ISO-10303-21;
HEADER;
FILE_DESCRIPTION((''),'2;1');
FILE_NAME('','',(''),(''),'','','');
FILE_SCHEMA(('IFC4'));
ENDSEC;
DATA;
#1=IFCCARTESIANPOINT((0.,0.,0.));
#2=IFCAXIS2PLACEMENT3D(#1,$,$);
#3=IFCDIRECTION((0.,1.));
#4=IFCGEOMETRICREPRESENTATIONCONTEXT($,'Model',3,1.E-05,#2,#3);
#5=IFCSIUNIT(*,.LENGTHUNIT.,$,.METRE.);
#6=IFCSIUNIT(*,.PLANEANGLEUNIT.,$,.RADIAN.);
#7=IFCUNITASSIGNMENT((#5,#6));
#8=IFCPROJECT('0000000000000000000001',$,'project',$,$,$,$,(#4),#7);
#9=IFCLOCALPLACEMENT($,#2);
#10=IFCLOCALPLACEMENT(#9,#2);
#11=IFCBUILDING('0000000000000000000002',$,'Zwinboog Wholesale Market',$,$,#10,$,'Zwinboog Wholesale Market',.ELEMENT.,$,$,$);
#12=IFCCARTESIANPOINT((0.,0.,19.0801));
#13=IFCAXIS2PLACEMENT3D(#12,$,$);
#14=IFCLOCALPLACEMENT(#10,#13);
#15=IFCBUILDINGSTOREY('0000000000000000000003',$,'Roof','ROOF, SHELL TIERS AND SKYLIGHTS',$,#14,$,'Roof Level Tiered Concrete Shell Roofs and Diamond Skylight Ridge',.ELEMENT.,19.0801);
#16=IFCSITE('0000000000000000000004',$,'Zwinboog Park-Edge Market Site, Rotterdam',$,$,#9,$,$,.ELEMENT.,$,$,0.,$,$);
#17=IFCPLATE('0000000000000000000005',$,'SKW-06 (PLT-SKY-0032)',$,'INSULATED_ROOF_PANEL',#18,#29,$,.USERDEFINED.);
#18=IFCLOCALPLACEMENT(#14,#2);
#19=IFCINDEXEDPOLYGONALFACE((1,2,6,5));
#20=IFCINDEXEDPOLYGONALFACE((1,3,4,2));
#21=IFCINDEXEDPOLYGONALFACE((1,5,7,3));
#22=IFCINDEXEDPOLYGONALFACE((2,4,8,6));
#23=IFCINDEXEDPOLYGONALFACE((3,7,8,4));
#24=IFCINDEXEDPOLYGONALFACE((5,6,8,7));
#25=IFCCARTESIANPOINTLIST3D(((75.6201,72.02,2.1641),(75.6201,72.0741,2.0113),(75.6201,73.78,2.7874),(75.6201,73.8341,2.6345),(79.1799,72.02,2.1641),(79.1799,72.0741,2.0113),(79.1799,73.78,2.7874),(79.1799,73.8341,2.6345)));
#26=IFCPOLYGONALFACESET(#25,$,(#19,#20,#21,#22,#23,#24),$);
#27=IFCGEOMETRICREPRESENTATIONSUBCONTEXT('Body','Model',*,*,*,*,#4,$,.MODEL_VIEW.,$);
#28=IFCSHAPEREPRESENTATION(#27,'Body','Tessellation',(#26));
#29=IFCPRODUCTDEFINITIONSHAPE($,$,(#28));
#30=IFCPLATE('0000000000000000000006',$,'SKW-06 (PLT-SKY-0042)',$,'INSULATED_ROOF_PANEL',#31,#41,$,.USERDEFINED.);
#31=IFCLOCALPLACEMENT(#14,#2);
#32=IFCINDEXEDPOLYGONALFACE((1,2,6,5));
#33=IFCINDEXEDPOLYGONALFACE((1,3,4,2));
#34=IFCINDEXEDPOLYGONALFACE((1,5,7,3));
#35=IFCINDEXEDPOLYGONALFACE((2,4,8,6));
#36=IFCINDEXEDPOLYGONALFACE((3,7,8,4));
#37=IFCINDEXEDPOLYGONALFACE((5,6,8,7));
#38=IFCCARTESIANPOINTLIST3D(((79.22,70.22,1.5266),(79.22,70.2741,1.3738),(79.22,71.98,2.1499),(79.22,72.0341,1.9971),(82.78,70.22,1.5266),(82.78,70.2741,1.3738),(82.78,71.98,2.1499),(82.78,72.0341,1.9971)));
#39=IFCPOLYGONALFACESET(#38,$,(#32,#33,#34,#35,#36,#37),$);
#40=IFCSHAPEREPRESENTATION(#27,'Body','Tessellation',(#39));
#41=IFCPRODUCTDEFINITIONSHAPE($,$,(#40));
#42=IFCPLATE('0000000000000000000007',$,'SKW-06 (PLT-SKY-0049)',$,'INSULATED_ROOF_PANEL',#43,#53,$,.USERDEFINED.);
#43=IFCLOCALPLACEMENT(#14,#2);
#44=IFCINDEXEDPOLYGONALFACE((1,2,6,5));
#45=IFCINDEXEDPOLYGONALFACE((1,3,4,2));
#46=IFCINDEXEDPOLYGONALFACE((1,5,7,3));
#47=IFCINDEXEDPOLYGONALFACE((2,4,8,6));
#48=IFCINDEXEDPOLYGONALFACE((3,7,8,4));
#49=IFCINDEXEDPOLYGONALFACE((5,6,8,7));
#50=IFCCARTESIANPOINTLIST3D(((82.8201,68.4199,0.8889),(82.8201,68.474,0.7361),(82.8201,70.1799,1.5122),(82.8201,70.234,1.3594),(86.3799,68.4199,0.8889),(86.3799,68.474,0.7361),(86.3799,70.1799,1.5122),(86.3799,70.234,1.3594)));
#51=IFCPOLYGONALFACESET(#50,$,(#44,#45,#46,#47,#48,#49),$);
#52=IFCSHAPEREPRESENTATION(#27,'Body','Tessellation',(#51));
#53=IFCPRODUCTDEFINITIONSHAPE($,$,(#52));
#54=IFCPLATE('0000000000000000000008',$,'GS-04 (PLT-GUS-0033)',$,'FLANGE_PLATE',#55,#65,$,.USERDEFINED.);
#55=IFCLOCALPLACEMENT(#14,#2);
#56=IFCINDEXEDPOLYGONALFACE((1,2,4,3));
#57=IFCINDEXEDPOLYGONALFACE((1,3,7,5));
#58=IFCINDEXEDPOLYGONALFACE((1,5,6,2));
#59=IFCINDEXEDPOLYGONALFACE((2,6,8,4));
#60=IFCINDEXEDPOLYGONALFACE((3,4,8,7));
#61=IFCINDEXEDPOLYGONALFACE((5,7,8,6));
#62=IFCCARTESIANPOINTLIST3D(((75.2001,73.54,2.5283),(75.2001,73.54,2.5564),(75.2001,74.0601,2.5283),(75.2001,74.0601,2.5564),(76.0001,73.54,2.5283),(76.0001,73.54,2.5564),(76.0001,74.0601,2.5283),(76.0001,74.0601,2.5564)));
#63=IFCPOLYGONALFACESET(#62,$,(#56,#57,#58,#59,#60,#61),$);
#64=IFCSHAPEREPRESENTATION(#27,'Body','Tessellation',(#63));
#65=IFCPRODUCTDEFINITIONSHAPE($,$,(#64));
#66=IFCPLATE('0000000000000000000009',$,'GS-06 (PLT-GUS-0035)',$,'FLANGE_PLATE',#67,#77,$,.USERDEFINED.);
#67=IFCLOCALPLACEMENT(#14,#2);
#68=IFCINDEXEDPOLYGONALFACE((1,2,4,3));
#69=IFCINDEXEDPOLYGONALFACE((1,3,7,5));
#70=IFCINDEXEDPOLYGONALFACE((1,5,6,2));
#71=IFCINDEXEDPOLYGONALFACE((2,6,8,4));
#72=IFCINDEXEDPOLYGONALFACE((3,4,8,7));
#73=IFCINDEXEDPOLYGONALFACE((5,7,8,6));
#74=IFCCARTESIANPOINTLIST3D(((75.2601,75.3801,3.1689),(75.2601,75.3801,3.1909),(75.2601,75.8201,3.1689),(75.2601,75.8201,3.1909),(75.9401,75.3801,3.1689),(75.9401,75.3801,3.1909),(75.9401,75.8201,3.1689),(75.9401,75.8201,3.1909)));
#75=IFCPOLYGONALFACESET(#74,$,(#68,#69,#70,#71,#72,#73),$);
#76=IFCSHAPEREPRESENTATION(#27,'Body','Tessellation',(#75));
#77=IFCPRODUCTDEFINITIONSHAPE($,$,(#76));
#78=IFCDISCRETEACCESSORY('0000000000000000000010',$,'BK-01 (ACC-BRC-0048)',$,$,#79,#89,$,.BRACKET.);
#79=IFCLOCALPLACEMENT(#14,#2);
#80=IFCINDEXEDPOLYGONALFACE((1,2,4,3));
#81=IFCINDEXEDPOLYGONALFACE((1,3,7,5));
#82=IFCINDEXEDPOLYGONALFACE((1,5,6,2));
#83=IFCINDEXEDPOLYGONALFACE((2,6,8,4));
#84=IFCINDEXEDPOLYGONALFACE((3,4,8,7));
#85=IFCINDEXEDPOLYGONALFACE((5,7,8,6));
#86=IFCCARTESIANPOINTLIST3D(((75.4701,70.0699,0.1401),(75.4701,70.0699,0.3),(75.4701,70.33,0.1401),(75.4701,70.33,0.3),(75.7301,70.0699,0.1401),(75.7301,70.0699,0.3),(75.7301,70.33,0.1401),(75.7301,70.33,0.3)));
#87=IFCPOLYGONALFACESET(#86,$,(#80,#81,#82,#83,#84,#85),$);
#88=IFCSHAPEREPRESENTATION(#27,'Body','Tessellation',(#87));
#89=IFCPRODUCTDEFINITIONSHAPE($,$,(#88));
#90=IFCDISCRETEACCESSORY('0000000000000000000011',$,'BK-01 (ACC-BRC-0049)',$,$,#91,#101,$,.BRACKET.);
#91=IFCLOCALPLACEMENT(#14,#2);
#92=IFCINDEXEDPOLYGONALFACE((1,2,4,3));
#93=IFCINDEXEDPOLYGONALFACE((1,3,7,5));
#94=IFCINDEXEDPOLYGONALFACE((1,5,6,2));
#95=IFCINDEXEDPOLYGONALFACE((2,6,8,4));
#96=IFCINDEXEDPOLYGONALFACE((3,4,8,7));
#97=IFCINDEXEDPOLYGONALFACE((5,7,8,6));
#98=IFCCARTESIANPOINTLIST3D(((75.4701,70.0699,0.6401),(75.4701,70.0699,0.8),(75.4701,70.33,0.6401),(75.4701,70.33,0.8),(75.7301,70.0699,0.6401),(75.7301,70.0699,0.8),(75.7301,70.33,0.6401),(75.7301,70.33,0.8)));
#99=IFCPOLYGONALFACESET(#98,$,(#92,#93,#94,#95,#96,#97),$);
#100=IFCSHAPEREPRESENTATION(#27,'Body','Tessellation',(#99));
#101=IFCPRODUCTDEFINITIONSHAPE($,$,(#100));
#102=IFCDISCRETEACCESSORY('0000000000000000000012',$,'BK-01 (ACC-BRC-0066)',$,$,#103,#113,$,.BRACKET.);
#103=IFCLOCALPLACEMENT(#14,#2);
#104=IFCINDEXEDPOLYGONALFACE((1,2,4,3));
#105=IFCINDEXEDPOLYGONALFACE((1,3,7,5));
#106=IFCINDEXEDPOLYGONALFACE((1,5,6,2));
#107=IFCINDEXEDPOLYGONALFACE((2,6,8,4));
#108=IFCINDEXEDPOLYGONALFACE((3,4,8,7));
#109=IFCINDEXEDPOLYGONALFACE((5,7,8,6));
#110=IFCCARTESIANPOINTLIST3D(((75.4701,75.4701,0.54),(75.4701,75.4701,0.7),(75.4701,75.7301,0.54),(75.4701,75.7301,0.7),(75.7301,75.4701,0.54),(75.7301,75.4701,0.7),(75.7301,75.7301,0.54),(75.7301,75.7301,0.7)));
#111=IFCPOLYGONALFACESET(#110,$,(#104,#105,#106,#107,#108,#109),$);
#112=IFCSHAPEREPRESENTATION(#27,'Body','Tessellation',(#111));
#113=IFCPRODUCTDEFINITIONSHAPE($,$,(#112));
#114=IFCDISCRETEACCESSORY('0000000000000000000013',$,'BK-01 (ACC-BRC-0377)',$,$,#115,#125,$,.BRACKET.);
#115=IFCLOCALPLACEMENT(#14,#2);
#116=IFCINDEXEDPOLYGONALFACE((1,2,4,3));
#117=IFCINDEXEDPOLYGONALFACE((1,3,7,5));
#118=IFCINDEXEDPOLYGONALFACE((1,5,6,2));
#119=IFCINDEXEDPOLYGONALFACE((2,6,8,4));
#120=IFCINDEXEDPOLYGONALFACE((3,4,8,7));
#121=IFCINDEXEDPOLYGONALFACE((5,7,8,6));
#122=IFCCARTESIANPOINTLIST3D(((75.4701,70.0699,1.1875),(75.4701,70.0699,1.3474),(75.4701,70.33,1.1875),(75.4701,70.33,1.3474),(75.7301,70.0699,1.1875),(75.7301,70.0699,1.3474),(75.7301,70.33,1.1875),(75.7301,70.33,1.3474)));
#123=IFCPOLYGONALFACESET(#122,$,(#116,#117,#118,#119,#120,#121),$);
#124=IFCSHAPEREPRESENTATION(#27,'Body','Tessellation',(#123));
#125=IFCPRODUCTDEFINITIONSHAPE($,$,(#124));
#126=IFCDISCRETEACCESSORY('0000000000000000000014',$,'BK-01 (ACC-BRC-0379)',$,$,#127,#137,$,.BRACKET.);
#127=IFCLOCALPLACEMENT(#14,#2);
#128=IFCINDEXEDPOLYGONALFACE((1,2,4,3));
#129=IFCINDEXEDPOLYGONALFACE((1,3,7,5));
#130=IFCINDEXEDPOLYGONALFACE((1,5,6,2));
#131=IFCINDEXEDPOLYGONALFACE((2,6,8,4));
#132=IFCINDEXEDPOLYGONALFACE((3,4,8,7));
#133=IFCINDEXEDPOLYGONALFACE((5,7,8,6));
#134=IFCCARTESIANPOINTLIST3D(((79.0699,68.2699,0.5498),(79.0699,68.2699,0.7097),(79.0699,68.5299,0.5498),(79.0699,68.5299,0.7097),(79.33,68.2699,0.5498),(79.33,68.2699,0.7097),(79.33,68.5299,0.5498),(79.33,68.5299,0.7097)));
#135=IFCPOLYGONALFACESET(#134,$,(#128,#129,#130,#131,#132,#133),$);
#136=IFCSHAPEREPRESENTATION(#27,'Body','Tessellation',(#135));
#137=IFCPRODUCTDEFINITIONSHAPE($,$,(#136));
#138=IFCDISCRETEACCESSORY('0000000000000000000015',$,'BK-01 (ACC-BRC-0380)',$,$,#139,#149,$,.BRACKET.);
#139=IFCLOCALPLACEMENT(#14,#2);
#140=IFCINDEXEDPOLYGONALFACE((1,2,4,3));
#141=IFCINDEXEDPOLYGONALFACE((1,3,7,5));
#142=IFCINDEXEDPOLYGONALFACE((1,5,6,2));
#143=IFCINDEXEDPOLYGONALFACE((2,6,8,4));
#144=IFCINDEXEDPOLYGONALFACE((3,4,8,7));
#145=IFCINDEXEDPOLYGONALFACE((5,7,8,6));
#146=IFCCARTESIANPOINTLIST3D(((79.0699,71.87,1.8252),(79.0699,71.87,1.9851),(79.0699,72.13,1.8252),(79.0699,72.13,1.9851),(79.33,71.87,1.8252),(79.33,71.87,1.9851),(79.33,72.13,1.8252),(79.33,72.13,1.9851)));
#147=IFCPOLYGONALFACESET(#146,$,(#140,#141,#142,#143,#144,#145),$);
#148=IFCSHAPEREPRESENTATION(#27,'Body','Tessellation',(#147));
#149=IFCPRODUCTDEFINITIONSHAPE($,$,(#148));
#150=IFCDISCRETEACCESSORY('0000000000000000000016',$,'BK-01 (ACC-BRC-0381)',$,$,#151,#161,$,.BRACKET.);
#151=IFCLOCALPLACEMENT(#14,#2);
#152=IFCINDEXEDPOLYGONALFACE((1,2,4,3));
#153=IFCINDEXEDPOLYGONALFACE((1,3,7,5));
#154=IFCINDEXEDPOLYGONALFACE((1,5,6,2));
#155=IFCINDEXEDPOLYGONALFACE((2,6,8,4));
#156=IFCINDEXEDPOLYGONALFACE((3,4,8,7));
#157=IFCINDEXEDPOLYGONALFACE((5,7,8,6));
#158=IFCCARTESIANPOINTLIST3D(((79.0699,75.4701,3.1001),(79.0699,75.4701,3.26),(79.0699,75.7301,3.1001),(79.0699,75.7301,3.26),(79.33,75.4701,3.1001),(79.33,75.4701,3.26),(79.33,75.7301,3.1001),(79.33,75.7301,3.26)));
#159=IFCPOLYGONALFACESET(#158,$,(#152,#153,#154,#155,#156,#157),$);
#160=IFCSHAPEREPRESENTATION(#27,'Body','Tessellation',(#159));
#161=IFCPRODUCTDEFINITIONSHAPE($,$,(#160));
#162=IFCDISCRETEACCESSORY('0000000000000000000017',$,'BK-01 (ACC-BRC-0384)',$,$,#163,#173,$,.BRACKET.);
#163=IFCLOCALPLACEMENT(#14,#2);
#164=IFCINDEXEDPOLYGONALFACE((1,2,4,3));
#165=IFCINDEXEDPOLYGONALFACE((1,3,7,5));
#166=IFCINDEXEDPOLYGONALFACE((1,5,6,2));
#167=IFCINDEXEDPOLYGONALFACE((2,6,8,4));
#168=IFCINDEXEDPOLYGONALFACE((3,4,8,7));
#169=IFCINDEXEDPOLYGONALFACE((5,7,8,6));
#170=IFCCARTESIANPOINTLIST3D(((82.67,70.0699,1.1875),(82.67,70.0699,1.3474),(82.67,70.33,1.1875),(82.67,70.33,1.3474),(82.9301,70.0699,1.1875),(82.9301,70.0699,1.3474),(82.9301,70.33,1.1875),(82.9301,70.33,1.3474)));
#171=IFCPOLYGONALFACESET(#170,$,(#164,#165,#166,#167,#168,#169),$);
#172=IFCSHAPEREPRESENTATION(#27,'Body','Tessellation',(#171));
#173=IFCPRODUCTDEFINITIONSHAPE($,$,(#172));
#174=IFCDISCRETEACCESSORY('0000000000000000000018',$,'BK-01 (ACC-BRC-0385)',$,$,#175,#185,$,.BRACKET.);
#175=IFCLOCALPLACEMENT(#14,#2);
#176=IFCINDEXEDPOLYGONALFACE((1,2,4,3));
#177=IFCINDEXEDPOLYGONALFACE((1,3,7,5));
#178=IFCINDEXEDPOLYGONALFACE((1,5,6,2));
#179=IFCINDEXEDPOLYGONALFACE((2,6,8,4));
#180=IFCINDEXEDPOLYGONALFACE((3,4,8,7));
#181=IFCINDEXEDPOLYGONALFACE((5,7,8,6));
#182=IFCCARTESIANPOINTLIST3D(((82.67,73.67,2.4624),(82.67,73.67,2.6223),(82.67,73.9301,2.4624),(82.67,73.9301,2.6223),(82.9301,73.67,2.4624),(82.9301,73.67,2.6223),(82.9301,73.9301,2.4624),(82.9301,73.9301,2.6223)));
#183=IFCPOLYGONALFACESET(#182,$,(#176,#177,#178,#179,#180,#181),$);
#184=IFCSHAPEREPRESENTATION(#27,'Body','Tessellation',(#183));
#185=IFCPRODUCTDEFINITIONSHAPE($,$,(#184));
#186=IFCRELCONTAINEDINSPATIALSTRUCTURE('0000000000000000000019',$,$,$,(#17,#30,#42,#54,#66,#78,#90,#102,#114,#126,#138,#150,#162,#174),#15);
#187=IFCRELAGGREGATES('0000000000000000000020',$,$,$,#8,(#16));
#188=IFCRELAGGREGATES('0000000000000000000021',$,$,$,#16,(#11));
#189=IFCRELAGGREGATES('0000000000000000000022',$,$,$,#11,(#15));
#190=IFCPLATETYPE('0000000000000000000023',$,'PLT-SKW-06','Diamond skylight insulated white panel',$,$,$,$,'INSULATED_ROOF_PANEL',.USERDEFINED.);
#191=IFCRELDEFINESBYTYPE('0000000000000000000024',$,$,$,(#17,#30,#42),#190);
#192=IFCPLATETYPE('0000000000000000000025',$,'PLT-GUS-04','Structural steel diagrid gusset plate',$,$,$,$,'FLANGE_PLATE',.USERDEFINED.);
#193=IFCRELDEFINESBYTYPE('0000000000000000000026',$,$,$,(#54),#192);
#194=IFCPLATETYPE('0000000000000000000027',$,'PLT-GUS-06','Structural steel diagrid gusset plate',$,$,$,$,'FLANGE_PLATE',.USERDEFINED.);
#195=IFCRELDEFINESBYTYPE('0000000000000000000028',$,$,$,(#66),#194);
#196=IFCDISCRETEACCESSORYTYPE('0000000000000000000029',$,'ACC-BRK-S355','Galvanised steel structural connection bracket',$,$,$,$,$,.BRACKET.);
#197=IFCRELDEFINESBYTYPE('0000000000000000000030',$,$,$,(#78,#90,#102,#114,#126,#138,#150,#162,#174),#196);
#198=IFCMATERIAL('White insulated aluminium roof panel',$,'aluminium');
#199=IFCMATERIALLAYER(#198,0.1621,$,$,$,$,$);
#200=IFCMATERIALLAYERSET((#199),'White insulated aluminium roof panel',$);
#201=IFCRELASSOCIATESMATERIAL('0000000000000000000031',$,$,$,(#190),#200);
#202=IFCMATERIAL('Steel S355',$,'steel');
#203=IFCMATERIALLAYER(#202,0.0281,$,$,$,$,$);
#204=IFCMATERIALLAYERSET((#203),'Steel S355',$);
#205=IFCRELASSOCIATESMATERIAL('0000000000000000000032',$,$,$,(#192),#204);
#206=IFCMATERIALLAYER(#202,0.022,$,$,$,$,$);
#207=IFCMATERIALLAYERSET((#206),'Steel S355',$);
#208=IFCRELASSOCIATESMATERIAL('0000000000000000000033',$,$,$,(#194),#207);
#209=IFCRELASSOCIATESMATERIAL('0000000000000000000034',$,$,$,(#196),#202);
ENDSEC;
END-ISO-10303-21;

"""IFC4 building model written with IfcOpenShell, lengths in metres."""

from ifc_helpers import new_model, si_unit, direction, frame, origin, origin_2d, place, context, subcontext, project, spatial, polyline, rectangle, outline, extrude, material, layer, layer_set, type_object, element, save


model = new_model("IFC4")

# Units and contexts
model_context = context("Model", 3, precision=1e-05, world=origin(), true_north=direction((0.0, 1.0)))
body_context = subcontext(model_context, "Body", "Model", "MODEL_VIEW")
ifc_project = project(units=[si_unit("LENGTHUNIT", "METRE"), si_unit("PLANEANGLEUNIT", "RADIAN")], contexts=[model_context])

# Site, building, storey
site_placement = place(None, origin())
site = spatial("IfcSite", under=ifc_project, at=site_placement, Name="Zwinboog Park-Edge Market Site, Rotterdam", CompositionType="ELEMENT", RefElevation=0.0)
building_placement = place(site_placement, origin())
building = spatial("IfcBuilding", under=site, at=building_placement, Name="Zwinboog Wholesale Market", LongName="Zwinboog Wholesale Market", CompositionType="ELEMENT")
storey_placement = place(building_placement, frame((0.0, 0.0, 19.0801)))
storey = spatial("IfcBuildingStorey", under=building, at=storey_placement, Name="Roof", Description="ROOF, SHELL TIERS AND SKYLIGHTS", LongName="Roof Level Tiered Concrete Shell Roofs and Diamond Skylight Ridge", CompositionType="ELEMENT", Elevation=19.0801)

# Shared definitions
ifc_material_1 = material(Name="Steel S355", Category="steel")

# Plates
ifc_material_2 = material(Name="White insulated aluminium roof panel", Category="aluminium")
ifc_layer_1 = layer(ifc_material_2, 0.1621)
ifc_layer_set_1 = layer_set([ifc_layer_1], Name="White insulated aluminium roof panel")
plate_type_1 = type_object("IfcPlateType", Name="PLT-SKW-06", Description="Diamond skylight insulated white panel", ElementType="INSULATED_ROOF_PANEL", PredefinedType="USERDEFINED", material=ifc_layer_set_1)
plate_1_placement = place(storey_placement, frame((75.6201, 72.02, 2.1641), z_axis=(0.0, -0.333825, 0.942635), x_axis=(1.0, 0.0, 0.0)))
element("IfcPlate", 1, at=plate_1_placement, inside=storey, type_object=plate_type_1, Name="SKW-06 (PLT-SKY-0032)", ObjectType="INSULATED_ROOF_PANEL", PredefinedType="USERDEFINED", context=body_context, shape_type="SweptSolid", body=[
    extrude(outline(polyline([(0.0, 0.0), (3.5598, 0.0), (3.5598, 1.8671), (0.0, 1.8671), (0.0, 0.0)])), origin(), (0.0, 0.0, -1.0), 0.1621),
])
plate_2_placement = place(storey_placement, frame((79.22, 70.22, 1.5266), z_axis=(0.0, -0.333825, 0.942635), x_axis=(1.0, 0.0, 0.0)))
element("IfcPlate", 2, at=plate_2_placement, inside=storey, type_object=plate_type_1, Name="SKW-06 (PLT-SKY-0042)", ObjectType="INSULATED_ROOF_PANEL", PredefinedType="USERDEFINED", context=body_context, shape_type="SweptSolid", body=[
    extrude(outline(polyline([(0.0, 0.0), (3.5601, 0.0), (3.5601, 1.8671), (0.0, 1.8671), (0.0, 0.0)])), origin(), (0.0, 0.0, -1.0), 0.1621),
])
plate_3_placement = place(storey_placement, frame((82.8201, 68.4199, 0.8889), z_axis=(0.0, -0.333825, 0.942635), x_axis=(1.0, 0.0, 0.0)))
element("IfcPlate", 3, at=plate_3_placement, inside=storey, type_object=plate_type_1, Name="SKW-06 (PLT-SKY-0049)", ObjectType="INSULATED_ROOF_PANEL", PredefinedType="USERDEFINED", context=body_context, shape_type="SweptSolid", body=[
    extrude(outline(polyline([(0.0, 0.0), (3.5598, 0.0), (3.5598, 1.8671), (0.0, 1.8671), (0.0, 0.0)])), origin(), (0.0, 0.0, -1.0), 0.1621),
])
ifc_layer_2 = layer(ifc_material_1, 0.0281)
ifc_layer_set_2 = layer_set([ifc_layer_2], Name="Steel S355")
plate_type_2 = type_object("IfcPlateType", Name="PLT-GUS-04", Description="Structural steel diagrid gusset plate", ElementType="FLANGE_PLATE", PredefinedType="USERDEFINED", material=ifc_layer_set_2)
plate_4_placement = place(storey_placement, frame((75.6001, 73.8, 2.5283), z_axis=(0.0, 0.0, 1.0), x_axis=(1.0, 0.0, 0.0)))
element("IfcPlate", 4, at=plate_4_placement, inside=storey, type_object=plate_type_2, Name="GS-04 (PLT-GUS-0033)", ObjectType="FLANGE_PLATE", PredefinedType="USERDEFINED", context=body_context, shape_type="SweptSolid", body=[
    extrude(rectangle(XDim=0.8, YDim=0.52, at=origin_2d()), origin(), (0.0, 0.0, 1.0), 0.0281),
])
ifc_layer_3 = layer(ifc_material_1, 0.022)
ifc_layer_set_3 = layer_set([ifc_layer_3], Name="Steel S355")
plate_type_3 = type_object("IfcPlateType", Name="PLT-GUS-06", Description="Structural steel diagrid gusset plate", ElementType="FLANGE_PLATE", PredefinedType="USERDEFINED", material=ifc_layer_set_3)
plate_5_placement = place(storey_placement, frame((75.6001, 75.6001, 3.1689), z_axis=(0.0, 0.0, 1.0), x_axis=(1.0, 0.0, 0.0)))
element("IfcPlate", 5, at=plate_5_placement, inside=storey, type_object=plate_type_3, Name="GS-06 (PLT-GUS-0035)", ObjectType="FLANGE_PLATE", PredefinedType="USERDEFINED", context=body_context, shape_type="SweptSolid", body=[
    extrude(rectangle(XDim=0.6799, YDim=0.4399, at=origin_2d()), origin(), (0.0, 0.0, 1.0), 0.022),
])

# Discrete accessories
discrete_accessory_type = type_object("IfcDiscreteAccessoryType", Name="ACC-BRK-S355", Description="Galvanised steel structural connection bracket", PredefinedType="BRACKET", material=ifc_material_1)
for number, where, z_axis, x_axis, name in (
    (6, (75.6001, 70.2, 0.1401), (0.0, 0.0, 1.0), (1.0, 0.0, 0.0), "BK-01 (ACC-BRC-0048)"),
    (7, (75.6001, 70.2, 0.6401), (0.0, 0.0, 1.0), (1.0, 0.0, 0.0), "BK-01 (ACC-BRC-0049)"),
    (8, (75.6001, 75.6001, 0.54), (0.0, 0.0, 1.0), (1.0, 0.0, 0.0), "BK-01 (ACC-BRC-0066)"),
    (9, (75.6001, 70.2, 1.1875), (0.0, 0.0, 1.0), (1.0, 0.0, 0.0), "BK-01 (ACC-BRC-0377)"),
    (10, (79.2, 68.3999, 0.5498), (0.0, 0.0, 1.0), (1.0, 0.0, 0.0), "BK-01 (ACC-BRC-0379)"),
    (11, (79.2, 72.0, 1.8252), (0.0, 0.0, 1.0), (1.0, 0.0, 0.0), "BK-01 (ACC-BRC-0380)"),
    (12, (79.2, 75.6001, 3.1001), (0.0, 0.0, 1.0), (1.0, 0.0, 0.0), "BK-01 (ACC-BRC-0381)"),
    (13, (82.8, 70.2, 1.1875), (0.0, 0.0, 1.0), (1.0, 0.0, 0.0), "BK-01 (ACC-BRC-0384)"),
    (14, (82.8, 73.8, 2.4624), (0.0, 0.0, 1.0), (1.0, 0.0, 0.0), "BK-01 (ACC-BRC-0385)"),
):
    element("IfcDiscreteAccessory", number, at=place(storey_placement, frame(where, z_axis=z_axis, x_axis=x_axis)), inside=storey, type_object=discrete_accessory_type, Name=name, PredefinedType="BRACKET", context=body_context, shape_type="SweptSolid", body=[
        extrude(rectangle(XDim=0.26, YDim=0.26, at=origin_2d()), origin(), (0.0, 0.0, 1.0), 0.1599),
    ])

save(model, "model.ifc")
